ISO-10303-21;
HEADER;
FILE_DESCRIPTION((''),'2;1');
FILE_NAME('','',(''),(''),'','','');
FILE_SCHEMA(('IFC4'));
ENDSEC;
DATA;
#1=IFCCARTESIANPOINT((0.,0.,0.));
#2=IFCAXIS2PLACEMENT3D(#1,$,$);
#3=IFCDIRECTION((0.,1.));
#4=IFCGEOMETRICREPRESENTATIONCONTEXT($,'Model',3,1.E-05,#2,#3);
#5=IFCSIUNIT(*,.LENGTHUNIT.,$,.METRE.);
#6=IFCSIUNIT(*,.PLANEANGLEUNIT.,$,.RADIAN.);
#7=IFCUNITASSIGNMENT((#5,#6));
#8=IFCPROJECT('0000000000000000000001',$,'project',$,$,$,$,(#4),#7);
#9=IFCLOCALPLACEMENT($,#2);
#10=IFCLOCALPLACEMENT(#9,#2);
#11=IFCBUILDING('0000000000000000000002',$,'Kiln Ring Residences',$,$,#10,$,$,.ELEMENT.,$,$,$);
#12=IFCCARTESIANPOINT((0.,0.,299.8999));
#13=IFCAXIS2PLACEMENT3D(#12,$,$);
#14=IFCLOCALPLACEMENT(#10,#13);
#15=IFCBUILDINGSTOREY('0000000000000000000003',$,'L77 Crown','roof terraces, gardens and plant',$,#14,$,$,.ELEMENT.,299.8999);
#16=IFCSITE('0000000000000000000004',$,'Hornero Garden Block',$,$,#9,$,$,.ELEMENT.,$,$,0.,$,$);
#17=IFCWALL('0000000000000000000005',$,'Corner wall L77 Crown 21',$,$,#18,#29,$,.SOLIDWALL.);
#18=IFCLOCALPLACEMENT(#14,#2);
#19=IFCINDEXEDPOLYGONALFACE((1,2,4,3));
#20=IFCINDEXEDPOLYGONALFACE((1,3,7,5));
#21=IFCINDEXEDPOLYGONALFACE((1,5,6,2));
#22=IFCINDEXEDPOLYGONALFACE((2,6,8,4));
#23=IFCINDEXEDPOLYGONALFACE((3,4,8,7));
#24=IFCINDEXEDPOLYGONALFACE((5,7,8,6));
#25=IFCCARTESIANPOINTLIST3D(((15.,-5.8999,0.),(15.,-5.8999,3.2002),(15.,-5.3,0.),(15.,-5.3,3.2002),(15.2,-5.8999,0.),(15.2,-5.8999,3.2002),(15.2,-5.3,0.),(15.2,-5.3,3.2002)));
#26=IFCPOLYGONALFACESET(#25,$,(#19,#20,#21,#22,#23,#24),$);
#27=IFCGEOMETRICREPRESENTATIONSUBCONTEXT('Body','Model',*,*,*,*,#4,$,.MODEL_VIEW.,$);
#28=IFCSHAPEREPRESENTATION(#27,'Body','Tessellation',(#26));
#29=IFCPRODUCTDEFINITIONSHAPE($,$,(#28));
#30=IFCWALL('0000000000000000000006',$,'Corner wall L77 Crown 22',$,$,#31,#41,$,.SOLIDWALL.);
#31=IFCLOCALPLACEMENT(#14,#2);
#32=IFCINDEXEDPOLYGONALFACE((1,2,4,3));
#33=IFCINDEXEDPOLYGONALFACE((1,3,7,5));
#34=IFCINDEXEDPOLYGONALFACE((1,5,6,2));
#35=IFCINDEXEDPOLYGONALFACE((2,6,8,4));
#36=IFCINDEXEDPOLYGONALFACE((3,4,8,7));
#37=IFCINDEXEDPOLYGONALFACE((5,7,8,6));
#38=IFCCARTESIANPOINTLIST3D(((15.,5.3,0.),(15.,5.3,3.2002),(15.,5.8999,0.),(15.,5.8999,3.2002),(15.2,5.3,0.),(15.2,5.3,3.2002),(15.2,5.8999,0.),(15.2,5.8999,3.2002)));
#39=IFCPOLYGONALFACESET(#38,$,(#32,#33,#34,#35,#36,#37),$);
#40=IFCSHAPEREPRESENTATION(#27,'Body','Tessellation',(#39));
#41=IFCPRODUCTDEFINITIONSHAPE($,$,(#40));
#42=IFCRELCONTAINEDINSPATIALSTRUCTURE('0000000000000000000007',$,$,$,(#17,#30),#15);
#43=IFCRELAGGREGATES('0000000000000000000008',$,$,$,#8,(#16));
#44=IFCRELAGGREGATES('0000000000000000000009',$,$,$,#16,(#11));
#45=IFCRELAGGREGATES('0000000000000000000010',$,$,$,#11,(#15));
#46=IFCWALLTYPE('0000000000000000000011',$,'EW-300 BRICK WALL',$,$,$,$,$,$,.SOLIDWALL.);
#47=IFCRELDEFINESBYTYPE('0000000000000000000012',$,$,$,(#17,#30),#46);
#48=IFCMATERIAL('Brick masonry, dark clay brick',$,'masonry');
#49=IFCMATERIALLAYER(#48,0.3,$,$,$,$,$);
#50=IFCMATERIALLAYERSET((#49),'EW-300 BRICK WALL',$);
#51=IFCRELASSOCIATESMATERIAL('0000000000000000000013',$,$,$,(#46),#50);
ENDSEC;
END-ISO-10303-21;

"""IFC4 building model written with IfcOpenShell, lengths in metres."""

from ifc_helpers import new_model, si_unit, direction, frame, origin, place, context, subcontext, project, spatial, polyline, outline, extrude, material, layer, layer_set, type_object, element, save


model = new_model("IFC4")

# Units and contexts
model_context = context("Model", 3, precision=1e-05, world=origin(), true_north=direction((0.0, 1.0)))
body_context = subcontext(model_context, "Body", "Model", "MODEL_VIEW")
ifc_project = project(units=[si_unit("LENGTHUNIT", "METRE"), si_unit("PLANEANGLEUNIT", "RADIAN")], contexts=[model_context])

# Site, building, storey
site_placement = place(None, origin())
site = spatial("IfcSite", under=ifc_project, at=site_placement, Name="Hornero Garden Block", CompositionType="ELEMENT", RefElevation=0.0)
building_placement = place(site_placement, origin())
building = spatial("IfcBuilding", under=site, at=building_placement, Name="Kiln Ring Residences", CompositionType="ELEMENT")
storey_placement = place(building_placement, frame((0.0, 0.0, 299.8999)))
storey = spatial("IfcBuildingStorey", under=building, at=storey_placement, Name="L77 Crown", Description="roof terraces, gardens and plant", CompositionType="ELEMENT", Elevation=299.8999)

# Walls
ifc_material = material(Name="Brick masonry, dark clay brick", Category="masonry")
ifc_layer = layer(ifc_material, 0.3)
ifc_layer_set = layer_set([ifc_layer], Name="EW-300 BRICK WALL")
wall_type = type_object("IfcWallType", Name="EW-300 BRICK WALL", PredefinedType="SOLIDWALL", material=ifc_layer_set)
placement = place(storey_placement, origin())
element("IfcWall", 1, at=placement, inside=storey, type_object=wall_type, Name="Corner wall L77 Crown 21", PredefinedType="SOLIDWALL", context=body_context, shape_type="SweptSolid", body=[
    extrude(outline(polyline([(15.2, -5.3), (15.0, -5.3), (15.0, -5.8999), (15.3, -5.8999), (15.2, -5.8999), (15.2, -5.3)])), origin(), (0.0, 0.0, 1.0), 3.2002),
])
element("IfcWall", 2, at=placement, inside=storey, type_object=wall_type, Name="Corner wall L77 Crown 22", PredefinedType="SOLIDWALL", context=body_context, shape_type="SweptSolid", body=[
    extrude(outline(polyline([(15.3, 5.8999), (15.0, 5.8999), (15.0, 5.3), (15.3, 5.3), (15.2, 5.3), (15.2, 5.8999), (15.3, 5.8999)])), origin(), (0.0, 0.0, 1.0), 3.2002),
])

save(model, "model.ifc")
